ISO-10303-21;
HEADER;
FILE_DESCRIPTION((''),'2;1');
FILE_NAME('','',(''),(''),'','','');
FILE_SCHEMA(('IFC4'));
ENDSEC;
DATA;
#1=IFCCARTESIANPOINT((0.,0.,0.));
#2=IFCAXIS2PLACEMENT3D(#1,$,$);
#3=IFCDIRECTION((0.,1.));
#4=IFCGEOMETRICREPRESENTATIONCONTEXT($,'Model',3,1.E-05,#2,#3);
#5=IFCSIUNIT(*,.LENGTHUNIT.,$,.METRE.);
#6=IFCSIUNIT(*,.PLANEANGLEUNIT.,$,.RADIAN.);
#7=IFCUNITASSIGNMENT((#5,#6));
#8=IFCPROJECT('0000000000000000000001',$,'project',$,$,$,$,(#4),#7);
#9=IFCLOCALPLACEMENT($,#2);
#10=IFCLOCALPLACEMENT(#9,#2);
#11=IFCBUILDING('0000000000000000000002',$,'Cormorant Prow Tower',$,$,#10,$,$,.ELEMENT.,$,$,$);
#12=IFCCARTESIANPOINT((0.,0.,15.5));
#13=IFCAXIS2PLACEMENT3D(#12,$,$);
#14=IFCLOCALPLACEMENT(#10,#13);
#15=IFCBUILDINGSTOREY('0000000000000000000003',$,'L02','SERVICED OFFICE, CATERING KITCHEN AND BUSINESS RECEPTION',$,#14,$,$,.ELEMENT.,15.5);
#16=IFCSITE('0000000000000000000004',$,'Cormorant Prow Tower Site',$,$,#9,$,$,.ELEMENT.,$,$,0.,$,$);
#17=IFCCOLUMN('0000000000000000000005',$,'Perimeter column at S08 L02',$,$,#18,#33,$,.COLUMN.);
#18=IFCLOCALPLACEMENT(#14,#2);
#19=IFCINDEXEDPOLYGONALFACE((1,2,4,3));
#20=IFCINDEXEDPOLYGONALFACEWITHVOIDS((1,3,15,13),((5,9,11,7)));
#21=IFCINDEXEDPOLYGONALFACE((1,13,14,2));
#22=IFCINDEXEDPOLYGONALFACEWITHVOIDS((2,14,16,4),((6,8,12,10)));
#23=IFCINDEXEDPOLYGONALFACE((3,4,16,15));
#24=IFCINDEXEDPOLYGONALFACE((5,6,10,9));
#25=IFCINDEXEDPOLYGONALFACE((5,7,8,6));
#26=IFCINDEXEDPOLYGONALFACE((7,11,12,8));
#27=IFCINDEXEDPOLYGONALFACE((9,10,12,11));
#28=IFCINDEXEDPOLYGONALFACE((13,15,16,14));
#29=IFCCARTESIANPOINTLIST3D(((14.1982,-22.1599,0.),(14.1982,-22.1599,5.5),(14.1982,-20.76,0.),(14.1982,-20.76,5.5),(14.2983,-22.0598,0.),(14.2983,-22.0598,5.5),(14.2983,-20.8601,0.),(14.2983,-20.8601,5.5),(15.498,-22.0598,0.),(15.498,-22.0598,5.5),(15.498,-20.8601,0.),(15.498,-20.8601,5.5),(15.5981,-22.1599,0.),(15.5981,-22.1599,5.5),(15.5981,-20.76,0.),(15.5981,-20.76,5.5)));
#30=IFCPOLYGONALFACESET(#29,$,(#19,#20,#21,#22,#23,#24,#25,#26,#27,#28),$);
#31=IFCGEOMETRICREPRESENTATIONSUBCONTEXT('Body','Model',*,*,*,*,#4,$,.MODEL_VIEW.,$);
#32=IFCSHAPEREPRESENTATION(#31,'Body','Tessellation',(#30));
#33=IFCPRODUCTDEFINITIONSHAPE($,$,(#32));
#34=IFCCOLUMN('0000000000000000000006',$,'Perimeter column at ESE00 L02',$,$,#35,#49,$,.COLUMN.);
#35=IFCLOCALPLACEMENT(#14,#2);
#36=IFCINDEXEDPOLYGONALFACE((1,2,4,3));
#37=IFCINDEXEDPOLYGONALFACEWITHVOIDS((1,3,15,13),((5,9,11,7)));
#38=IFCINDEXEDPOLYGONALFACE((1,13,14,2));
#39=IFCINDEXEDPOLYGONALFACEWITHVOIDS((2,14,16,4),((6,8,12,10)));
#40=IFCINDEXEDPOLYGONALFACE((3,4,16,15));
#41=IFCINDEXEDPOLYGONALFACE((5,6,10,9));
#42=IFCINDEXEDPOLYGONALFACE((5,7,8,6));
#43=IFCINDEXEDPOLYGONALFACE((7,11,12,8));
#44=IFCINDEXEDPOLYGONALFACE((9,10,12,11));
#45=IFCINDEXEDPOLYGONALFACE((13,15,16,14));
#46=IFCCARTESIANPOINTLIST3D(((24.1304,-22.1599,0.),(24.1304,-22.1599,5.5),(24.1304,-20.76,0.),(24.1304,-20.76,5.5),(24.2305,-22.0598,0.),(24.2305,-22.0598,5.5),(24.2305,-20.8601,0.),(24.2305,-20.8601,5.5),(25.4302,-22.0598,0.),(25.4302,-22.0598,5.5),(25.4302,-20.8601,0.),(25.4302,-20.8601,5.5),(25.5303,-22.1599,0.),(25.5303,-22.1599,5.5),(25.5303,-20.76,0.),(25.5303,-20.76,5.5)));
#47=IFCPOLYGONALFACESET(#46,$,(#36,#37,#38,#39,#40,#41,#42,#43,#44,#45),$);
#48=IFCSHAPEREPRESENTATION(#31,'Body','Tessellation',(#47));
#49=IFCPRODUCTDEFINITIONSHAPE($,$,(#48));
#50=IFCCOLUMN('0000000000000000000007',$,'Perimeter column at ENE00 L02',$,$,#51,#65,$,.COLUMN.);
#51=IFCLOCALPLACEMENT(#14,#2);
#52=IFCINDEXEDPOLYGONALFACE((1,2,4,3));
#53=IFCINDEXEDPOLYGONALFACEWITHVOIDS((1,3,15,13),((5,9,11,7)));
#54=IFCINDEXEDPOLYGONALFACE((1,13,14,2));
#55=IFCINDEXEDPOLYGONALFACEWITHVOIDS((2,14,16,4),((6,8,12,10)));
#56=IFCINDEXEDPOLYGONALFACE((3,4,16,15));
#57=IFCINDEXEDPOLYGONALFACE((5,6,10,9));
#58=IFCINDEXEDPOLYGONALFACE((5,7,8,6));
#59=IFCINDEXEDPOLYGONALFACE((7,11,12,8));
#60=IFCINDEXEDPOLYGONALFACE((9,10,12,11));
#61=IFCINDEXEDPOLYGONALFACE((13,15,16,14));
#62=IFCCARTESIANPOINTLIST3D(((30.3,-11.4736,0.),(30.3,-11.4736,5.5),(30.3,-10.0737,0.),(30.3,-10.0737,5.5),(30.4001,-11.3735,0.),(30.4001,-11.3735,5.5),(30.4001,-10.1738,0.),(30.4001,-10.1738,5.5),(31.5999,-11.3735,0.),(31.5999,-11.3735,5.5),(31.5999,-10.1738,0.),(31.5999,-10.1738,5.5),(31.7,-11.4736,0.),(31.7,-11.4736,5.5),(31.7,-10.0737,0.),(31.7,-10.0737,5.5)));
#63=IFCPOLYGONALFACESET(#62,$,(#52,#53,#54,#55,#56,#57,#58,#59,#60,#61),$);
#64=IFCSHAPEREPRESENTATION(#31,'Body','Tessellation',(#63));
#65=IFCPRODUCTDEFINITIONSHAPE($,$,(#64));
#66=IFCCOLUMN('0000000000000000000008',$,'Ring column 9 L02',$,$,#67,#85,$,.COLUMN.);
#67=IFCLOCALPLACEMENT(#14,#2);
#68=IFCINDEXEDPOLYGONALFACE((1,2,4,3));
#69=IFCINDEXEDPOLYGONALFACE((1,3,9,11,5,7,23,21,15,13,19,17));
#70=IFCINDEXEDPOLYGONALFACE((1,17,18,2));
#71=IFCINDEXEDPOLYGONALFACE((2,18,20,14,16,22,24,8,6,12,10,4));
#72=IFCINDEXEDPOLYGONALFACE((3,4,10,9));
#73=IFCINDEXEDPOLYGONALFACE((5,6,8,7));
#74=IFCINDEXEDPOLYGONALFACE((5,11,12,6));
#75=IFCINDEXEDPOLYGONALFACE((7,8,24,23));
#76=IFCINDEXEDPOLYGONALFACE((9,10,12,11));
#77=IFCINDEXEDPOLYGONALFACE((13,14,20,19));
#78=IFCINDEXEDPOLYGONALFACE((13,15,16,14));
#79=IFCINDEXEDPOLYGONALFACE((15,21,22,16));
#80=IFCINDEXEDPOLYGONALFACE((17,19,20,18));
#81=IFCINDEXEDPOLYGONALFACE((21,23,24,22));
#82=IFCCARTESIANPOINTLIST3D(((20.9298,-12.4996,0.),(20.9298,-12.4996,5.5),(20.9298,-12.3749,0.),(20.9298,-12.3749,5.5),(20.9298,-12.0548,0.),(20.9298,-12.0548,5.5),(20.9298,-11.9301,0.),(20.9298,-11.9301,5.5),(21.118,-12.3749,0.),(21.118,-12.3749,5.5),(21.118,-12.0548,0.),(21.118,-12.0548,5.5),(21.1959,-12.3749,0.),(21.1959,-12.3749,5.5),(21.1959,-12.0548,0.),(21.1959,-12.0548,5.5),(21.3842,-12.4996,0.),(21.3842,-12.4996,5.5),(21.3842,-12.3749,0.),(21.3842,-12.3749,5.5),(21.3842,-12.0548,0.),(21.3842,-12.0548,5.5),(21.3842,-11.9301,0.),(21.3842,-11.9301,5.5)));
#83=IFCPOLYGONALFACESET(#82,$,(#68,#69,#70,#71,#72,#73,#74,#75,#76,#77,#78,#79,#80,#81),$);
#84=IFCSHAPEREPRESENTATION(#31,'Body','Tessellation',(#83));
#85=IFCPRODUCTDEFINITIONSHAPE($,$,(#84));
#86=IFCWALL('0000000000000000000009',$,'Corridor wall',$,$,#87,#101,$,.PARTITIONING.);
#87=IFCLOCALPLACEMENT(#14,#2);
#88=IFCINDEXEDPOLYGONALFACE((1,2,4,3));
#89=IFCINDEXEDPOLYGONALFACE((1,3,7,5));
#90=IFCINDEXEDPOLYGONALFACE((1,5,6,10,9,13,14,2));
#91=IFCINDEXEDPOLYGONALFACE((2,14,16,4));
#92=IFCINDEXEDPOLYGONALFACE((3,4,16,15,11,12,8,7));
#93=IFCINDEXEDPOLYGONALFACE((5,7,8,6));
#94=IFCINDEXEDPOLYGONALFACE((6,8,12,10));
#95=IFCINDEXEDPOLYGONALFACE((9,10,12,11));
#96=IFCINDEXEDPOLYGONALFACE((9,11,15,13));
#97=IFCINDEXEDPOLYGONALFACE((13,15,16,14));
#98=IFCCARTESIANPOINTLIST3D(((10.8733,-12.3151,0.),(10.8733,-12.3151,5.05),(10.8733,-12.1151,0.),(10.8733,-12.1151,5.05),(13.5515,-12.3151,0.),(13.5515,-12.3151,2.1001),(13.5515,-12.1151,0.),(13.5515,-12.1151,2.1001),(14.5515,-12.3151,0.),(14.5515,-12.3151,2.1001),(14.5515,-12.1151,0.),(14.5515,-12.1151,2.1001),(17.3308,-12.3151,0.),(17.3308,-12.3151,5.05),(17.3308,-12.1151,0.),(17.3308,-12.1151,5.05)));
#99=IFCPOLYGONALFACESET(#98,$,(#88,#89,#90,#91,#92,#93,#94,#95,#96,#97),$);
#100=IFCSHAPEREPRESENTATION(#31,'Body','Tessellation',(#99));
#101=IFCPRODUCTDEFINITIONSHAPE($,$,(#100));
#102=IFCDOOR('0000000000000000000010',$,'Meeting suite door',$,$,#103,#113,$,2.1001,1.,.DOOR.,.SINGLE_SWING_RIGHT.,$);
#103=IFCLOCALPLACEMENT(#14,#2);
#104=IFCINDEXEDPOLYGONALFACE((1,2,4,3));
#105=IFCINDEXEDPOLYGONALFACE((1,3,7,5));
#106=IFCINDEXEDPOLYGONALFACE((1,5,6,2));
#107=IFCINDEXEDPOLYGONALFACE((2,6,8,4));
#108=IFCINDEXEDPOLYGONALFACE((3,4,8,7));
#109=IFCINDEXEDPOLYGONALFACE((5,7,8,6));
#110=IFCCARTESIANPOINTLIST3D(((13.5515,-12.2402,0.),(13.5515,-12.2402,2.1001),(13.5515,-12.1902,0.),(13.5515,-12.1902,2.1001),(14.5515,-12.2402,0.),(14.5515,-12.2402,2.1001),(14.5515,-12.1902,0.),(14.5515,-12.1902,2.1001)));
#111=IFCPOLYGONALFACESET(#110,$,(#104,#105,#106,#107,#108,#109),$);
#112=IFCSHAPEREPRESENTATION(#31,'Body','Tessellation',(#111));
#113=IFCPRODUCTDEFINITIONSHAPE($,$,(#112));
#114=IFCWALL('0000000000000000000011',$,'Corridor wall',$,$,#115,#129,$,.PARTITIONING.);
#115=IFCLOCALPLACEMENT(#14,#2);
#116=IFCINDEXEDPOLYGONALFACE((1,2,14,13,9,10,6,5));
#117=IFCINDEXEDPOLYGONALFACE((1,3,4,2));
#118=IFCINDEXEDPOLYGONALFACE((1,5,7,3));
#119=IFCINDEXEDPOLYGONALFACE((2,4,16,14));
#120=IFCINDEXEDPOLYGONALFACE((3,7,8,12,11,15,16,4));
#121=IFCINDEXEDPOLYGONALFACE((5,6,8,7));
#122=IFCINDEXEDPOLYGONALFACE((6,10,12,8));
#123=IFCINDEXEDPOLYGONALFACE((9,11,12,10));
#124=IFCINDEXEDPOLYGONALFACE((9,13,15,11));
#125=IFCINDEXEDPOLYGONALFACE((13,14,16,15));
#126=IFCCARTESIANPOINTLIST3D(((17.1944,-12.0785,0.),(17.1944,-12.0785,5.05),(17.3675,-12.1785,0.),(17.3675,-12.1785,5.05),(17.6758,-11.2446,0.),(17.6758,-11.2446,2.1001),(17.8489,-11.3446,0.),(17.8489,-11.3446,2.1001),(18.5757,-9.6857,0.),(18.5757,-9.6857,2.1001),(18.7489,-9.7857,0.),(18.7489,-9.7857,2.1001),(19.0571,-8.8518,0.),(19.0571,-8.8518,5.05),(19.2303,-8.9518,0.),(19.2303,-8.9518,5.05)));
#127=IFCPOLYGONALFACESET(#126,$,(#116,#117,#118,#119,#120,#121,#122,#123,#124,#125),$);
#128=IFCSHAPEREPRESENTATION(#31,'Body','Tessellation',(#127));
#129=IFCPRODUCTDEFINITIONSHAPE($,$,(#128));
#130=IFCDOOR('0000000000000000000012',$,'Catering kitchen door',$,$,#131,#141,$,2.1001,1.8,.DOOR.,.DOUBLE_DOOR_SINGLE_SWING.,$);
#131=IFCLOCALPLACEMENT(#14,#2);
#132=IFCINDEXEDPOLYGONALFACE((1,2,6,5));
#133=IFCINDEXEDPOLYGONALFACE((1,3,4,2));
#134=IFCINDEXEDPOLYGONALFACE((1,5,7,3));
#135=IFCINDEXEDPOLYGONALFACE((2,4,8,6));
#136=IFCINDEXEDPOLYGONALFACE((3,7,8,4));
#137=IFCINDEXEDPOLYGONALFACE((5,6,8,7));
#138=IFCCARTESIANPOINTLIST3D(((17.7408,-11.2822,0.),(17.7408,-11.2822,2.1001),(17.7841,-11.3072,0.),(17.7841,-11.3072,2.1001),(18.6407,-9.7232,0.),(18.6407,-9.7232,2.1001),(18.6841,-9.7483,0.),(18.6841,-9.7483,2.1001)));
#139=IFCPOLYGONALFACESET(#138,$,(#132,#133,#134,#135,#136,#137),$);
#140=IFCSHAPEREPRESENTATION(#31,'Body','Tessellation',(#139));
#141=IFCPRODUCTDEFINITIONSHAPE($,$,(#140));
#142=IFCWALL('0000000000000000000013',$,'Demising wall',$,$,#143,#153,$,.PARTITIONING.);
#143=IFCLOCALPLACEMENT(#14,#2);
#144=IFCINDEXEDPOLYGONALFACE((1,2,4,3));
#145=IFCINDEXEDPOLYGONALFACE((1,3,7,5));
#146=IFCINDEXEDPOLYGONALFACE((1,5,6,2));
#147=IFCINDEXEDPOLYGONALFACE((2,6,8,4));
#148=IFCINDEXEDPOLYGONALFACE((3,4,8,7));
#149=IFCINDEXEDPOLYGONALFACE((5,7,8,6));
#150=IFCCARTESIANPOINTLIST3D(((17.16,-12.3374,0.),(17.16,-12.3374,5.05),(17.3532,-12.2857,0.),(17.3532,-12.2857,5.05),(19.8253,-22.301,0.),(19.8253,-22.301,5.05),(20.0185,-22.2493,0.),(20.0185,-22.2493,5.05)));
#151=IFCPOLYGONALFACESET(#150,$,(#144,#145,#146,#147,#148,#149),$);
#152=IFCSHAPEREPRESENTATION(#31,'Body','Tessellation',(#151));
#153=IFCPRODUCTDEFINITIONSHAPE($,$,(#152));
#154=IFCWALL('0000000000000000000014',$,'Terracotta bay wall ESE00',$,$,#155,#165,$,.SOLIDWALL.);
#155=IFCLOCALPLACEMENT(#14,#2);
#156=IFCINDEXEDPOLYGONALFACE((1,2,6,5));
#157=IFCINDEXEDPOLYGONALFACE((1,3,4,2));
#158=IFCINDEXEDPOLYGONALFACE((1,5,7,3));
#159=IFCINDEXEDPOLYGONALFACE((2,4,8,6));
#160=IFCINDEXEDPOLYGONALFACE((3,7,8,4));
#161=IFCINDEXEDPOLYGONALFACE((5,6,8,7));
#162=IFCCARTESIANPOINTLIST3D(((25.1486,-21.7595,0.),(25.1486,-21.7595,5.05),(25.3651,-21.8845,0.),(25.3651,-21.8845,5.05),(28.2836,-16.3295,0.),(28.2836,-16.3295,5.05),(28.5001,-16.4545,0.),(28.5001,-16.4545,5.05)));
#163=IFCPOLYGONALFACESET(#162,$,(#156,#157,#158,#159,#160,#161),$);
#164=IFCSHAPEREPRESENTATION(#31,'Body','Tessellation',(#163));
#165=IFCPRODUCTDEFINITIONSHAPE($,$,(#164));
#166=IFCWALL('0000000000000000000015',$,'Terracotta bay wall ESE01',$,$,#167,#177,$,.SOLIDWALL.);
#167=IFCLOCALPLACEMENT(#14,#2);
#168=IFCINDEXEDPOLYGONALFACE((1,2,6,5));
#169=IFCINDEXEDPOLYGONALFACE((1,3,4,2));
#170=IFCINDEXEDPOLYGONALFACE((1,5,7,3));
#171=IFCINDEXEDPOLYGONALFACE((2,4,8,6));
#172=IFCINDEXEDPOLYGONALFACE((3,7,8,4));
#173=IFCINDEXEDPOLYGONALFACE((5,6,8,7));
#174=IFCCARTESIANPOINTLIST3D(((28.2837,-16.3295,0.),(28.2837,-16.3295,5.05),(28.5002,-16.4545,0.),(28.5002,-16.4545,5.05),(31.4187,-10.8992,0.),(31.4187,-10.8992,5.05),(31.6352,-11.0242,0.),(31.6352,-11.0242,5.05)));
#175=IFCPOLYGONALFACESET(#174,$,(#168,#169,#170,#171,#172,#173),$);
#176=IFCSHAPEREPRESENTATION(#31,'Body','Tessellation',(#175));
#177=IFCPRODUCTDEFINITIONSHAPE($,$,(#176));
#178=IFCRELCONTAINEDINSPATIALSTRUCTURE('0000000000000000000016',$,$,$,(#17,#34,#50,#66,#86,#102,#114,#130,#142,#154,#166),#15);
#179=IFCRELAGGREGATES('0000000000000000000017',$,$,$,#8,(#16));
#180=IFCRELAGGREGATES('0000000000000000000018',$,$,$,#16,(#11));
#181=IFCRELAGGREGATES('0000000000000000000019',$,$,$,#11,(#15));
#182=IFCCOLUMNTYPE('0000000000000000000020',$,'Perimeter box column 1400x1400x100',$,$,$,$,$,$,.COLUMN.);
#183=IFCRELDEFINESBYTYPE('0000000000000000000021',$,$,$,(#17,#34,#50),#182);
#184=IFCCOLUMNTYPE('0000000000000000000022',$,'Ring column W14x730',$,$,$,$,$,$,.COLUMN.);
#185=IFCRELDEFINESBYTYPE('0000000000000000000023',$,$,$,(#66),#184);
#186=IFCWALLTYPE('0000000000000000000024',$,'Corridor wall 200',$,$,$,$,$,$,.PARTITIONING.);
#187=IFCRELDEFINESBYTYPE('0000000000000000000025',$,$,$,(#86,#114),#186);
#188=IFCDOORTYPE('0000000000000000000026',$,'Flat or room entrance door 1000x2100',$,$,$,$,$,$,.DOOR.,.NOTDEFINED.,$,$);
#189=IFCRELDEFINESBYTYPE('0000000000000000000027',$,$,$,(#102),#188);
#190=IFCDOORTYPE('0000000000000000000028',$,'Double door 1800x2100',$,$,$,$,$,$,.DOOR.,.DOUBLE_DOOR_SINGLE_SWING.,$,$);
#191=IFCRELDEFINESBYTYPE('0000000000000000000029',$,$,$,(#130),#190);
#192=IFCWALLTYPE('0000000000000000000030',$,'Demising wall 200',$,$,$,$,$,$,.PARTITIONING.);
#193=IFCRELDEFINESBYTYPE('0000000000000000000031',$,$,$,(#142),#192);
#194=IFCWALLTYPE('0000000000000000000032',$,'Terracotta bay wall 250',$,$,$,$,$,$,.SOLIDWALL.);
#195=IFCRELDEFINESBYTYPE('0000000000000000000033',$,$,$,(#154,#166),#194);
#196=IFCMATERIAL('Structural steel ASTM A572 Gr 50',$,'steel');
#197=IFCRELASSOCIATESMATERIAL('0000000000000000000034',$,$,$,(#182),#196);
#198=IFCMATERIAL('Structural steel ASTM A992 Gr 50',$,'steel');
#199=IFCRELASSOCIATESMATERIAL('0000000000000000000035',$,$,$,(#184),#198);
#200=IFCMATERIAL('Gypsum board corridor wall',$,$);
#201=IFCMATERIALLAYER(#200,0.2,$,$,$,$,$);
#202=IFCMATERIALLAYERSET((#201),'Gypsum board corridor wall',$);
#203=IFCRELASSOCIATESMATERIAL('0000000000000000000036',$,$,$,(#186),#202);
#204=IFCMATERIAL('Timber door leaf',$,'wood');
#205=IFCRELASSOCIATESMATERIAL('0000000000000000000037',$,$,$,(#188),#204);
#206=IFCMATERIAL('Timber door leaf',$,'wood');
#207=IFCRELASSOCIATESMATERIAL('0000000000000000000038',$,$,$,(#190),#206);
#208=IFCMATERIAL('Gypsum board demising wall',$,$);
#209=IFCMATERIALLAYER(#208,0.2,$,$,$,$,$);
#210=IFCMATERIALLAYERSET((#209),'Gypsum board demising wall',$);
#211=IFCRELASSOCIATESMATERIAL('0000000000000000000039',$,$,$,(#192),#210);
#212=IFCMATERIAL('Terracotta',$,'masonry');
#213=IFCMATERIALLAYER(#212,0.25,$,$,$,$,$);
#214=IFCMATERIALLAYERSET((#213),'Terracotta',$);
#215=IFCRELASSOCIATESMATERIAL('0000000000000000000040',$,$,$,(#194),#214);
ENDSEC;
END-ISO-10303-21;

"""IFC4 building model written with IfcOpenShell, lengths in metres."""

from ifc_helpers import new_model, si_unit, direction, frame, frame_2d, origin, origin_2d, place, context, subcontext, project, spatial, rectangle, hollow_rectangle, i_section, extrude, material, layer, layer_set, material_profile, profile_set, type_object, element, fill, save


model = new_model("IFC4")

# Units and contexts
model_context = context("Model", 3, precision=1e-05, world=origin(), true_north=direction((0.0, 1.0)))
body_context = subcontext(model_context, "Body", "Model", "MODEL_VIEW")
ifc_project = project(units=[si_unit("LENGTHUNIT", "METRE"), si_unit("PLANEANGLEUNIT", "RADIAN")], contexts=[model_context])

# Site, building, storey
site_placement = place(None, origin())
site = spatial("IfcSite", under=ifc_project, at=site_placement, Name="Cormorant Prow Tower Site", CompositionType="ELEMENT", RefElevation=0.0)
building_placement = place(site_placement, origin())
building = spatial("IfcBuilding", under=site, at=building_placement, Name="Cormorant Prow Tower", CompositionType="ELEMENT")
storey_placement = place(building_placement, frame((0.0, 0.0, 15.5)))
storey = spatial("IfcBuildingStorey", under=building, at=storey_placement, Name="L02", Description="SERVICED OFFICE, CATERING KITCHEN AND BUSINESS RECEPTION", CompositionType="ELEMENT", Elevation=15.5)

# Columns
ifc_material_1 = material(Name="Structural steel ASTM A572 Gr 50", Category="steel")
ifc_material_profile_1 = material_profile(ifc_material_1, hollow_rectangle(XDim=1.3999, YDim=1.3999, WallThickness=0.1001, at=origin_2d()), Name="Box 1400x1400x100")
ifc_profile_set_1 = profile_set([ifc_material_profile_1], Name="Structural steel ASTM A572 Gr 50")
column_type_1 = type_object("IfcColumnType", Name="Perimeter box column 1400x1400x100", PredefinedType="COLUMN", material=ifc_profile_set_1)
for number, where, z_axis, x_axis, name in (
    (1, (14.8982, -21.46, 0.0), (0.0, 0.0, 1.0), (1.0, 0.0, 0.0), "Perimeter column at S08 L02"),
    (2, (24.8303, -21.46, 0.0), (0.0, 0.0, 1.0), (1.0, 0.0, 0.0), "Perimeter column at ESE00 L02"),
    (3, (31.0, -10.7737, 0.0), (0.0, 0.0, 1.0), (1.0, 0.0, 0.0), "Perimeter column at ENE00 L02"),
):
    element("IfcColumn", number, at=place(storey_placement, frame(where, z_axis=z_axis, x_axis=x_axis)), inside=storey, type_object=column_type_1, Name=name, PredefinedType="COLUMN", context=body_context, shape_type="SweptSolid", body=[
        extrude(hollow_rectangle(XDim=1.3999, YDim=1.3999, WallThickness=0.1001, at=origin_2d()), origin(), (0.0, 0.0, 1.0), 5.5),
    ])
ifc_material_2 = material(Name="Structural steel ASTM A992 Gr 50", Category="steel")
ifc_material_profile_2 = material_profile(ifc_material_2, i_section(OverallWidth=0.4543, OverallDepth=0.5696, WebThickness=0.0779, FlangeThickness=0.1248, at=origin_2d()), Name="W14x730")
ifc_profile_set_2 = profile_set([ifc_material_profile_2], Name="Structural steel ASTM A992 Gr 50")
column_type_2 = type_object("IfcColumnType", Name="Ring column W14x730", PredefinedType="COLUMN", material=ifc_profile_set_2)
column_placement = place(storey_placement, frame((21.157, -12.2148, 0.0), z_axis=(0.0, 0.0, 1.0), x_axis=(1.0, 0.0, 0.0)))
element("IfcColumn", 4, at=column_placement, inside=storey, type_object=column_type_2, Name="Ring column 9 L02", PredefinedType="COLUMN", context=body_context, shape_type="SweptSolid", body=[
    extrude(i_section(OverallWidth=0.4543, OverallDepth=0.5696, WebThickness=0.0779, FlangeThickness=0.1248, at=origin_2d()), origin(), (0.0, 0.0, 1.0), 5.5),
])

# Walls, openings, doors
ifc_material_3 = material(Name="Gypsum board corridor wall")
ifc_layer_1 = layer(ifc_material_3, 0.2)
ifc_layer_set_1 = layer_set([ifc_layer_1], Name="Gypsum board corridor wall")
wall_type_1 = type_object("IfcWallType", Name="Corridor wall 200", PredefinedType="PARTITIONING", material=ifc_layer_set_1)
wall_1_placement = place(storey_placement, frame((10.8733, -12.2151, 0.0), z_axis=(0.0, 0.0, 1.0), x_axis=(1.0, 0.0, 0.0)))
wall_1 = element("IfcWall", 5, at=wall_1_placement, inside=storey, type_object=wall_type_1, Name="Corridor wall", PredefinedType="PARTITIONING", context=body_context, shape_type="SweptSolid", body=[
    extrude(rectangle(XDim=6.4575, YDim=0.2, at=frame_2d((3.2288, 0.0))), origin(), (0.0, 0.0, 1.0), 5.05),
])
opening_1_placement = place(wall_1_placement, frame((2.6782, 0.0, 0.0)))
opening_1 = element("IfcOpeningElement", 6, at=opening_1_placement, cuts=wall_1, PredefinedType="OPENING", context=body_context, shape_type="SweptSolid", body=[
    extrude(rectangle(XDim=1.0, YDim=2.1001, at=frame_2d((0.5, 1.05))), frame((0.0, 0.1099, 0.0), z_axis=(0.0, -1.0, 0.0), x_axis=(1.0, 0.0, 0.0)), (0.0, 0.0, 1.0), 0.22),
])
ifc_material_4 = material(Name="Timber door leaf", Category="wood")
door_type_1 = type_object("IfcDoorType", Name="Flat or room entrance door 1000x2100", OperationType="NOTDEFINED", PredefinedType="DOOR", material=ifc_material_4)
door_1_placement = place(opening_1_placement, origin())
door_1 = element("IfcDoor", 7, at=door_1_placement, inside=storey, type_object=door_type_1, Name="Meeting suite door", OperationType="SINGLE_SWING_RIGHT", OverallHeight=2.1001, OverallWidth=1.0, PredefinedType="DOOR", context=body_context, shape_type="SweptSolid", body=[
    extrude(rectangle(XDim=1.0, YDim=2.1001, at=frame_2d((0.5, 1.05))), frame((0.0, 0.0249, 0.0), z_axis=(0.0, -1.0, 0.0), x_axis=(1.0, 0.0, 0.0)), (0.0, 0.0, 1.0), 0.05),
])
fill(opening_1, door_1)
wall_2_placement = place(storey_placement, frame((17.281, -12.1284, 0.0), z_axis=(0.0, 0.0, 1.0), x_axis=(0.499959, 0.866049, 0.0)))
wall_2 = element("IfcWall", 8, at=wall_2_placement, inside=storey, type_object=wall_type_1, Name="Corridor wall", PredefinedType="PARTITIONING", context=body_context, shape_type="SweptSolid", body=[
    extrude(rectangle(XDim=3.7258, YDim=0.2, at=frame_2d((1.8628, 0.0))), origin(), (0.0, 0.0, 1.0), 5.05),
])
opening_2_placement = place(wall_2_placement, frame((0.9629, 0.0, 0.0)))
opening_2 = element("IfcOpeningElement", 9, at=opening_2_placement, cuts=wall_2, PredefinedType="OPENING", context=body_context, shape_type="SweptSolid", body=[
    extrude(rectangle(XDim=1.8, YDim=2.1001, at=frame_2d((0.8999, 1.05))), frame((0.0, 0.1099, 0.0), z_axis=(0.0, -1.0, 0.0), x_axis=(1.0, 0.0, 0.0)), (0.0, 0.0, 1.0), 0.22),
])
ifc_material_5 = material(Name="Timber door leaf", Category="wood")
door_type_2 = type_object("IfcDoorType", Name="Double door 1800x2100", OperationType="DOUBLE_DOOR_SINGLE_SWING", PredefinedType="DOOR", material=ifc_material_5)
door_2_placement = place(opening_2_placement, origin())
door_2 = element("IfcDoor", 10, at=door_2_placement, inside=storey, type_object=door_type_2, Name="Catering kitchen door", OperationType="DOUBLE_DOOR_SINGLE_SWING", OverallHeight=2.1001, OverallWidth=1.8, PredefinedType="DOOR", context=body_context, shape_type="SweptSolid", body=[
    extrude(rectangle(XDim=1.8, YDim=2.1001, at=frame_2d((0.8999, 1.05))), frame((0.0, 0.0249, 0.0), z_axis=(0.0, -1.0, 0.0), x_axis=(1.0, 0.0, 0.0)), (0.0, 0.0, 1.0), 0.05),
])
fill(opening_2, door_2)

# Walls
ifc_material_6 = material(Name="Gypsum board demising wall")
ifc_layer_2 = layer(ifc_material_6, 0.2)
ifc_layer_set_2 = layer_set([ifc_layer_2], Name="Gypsum board demising wall")
wall_type_2 = type_object("IfcWallType", Name="Demising wall 200", PredefinedType="PARTITIONING", material=ifc_layer_set_2)
wall_3_placement = place(storey_placement, frame((17.2566, -12.3115, 0.0), z_axis=(0.0, 0.0, 1.0), x_axis=(0.258415, -0.966034, 0.0)))
element("IfcWall", 11, at=wall_3_placement, inside=storey, type_object=wall_type_2, Name="Demising wall", PredefinedType="PARTITIONING", context=body_context, shape_type="SweptSolid", body=[
    extrude(rectangle(XDim=10.314, YDim=0.2, at=frame_2d((5.157, 0.0))), origin(), (0.0, 0.0, 1.0), 5.05),
])
ifc_material_7 = material(Name="Terracotta", Category="masonry")
ifc_layer_3 = layer(ifc_material_7, 0.25)
ifc_layer_set_3 = layer_set([ifc_layer_3], Name="Terracotta")
wall_type_3 = type_object("IfcWallType", Name="Terracotta bay wall 250", PredefinedType="SOLIDWALL", material=ifc_layer_set_3)
wall_4_placement = place(storey_placement, frame((25.2568, -21.822, 0.0), z_axis=(0.0, 0.0, 1.0), x_axis=(0.500004, 0.866023, 0.0)))
element("IfcWall", 12, at=wall_4_placement, inside=storey, type_object=wall_type_3, Name="Terracotta bay wall ESE00", PredefinedType="SOLIDWALL", context=body_context, shape_type="SweptSolid", body=[
    extrude(rectangle(XDim=6.27, YDim=0.25, at=frame_2d((3.135, 0.0))), origin(), (0.0, 0.0, 1.0), 5.05),
])
wall_5_placement = place(storey_placement, frame((28.3918, -16.3921, 0.0), z_axis=(0.0, 0.0, 1.0), x_axis=(0.499988, 0.866033, 0.0)))
element("IfcWall", 13, at=wall_5_placement, inside=storey, type_object=wall_type_3, Name="Terracotta bay wall ESE01", PredefinedType="SOLIDWALL", context=body_context, shape_type="SweptSolid", body=[
    extrude(rectangle(XDim=6.2703, YDim=0.25, at=frame_2d((3.1353, 0.0))), origin(), (0.0, 0.0, 1.0), 5.05),
])

save(model, "model.ifc")
